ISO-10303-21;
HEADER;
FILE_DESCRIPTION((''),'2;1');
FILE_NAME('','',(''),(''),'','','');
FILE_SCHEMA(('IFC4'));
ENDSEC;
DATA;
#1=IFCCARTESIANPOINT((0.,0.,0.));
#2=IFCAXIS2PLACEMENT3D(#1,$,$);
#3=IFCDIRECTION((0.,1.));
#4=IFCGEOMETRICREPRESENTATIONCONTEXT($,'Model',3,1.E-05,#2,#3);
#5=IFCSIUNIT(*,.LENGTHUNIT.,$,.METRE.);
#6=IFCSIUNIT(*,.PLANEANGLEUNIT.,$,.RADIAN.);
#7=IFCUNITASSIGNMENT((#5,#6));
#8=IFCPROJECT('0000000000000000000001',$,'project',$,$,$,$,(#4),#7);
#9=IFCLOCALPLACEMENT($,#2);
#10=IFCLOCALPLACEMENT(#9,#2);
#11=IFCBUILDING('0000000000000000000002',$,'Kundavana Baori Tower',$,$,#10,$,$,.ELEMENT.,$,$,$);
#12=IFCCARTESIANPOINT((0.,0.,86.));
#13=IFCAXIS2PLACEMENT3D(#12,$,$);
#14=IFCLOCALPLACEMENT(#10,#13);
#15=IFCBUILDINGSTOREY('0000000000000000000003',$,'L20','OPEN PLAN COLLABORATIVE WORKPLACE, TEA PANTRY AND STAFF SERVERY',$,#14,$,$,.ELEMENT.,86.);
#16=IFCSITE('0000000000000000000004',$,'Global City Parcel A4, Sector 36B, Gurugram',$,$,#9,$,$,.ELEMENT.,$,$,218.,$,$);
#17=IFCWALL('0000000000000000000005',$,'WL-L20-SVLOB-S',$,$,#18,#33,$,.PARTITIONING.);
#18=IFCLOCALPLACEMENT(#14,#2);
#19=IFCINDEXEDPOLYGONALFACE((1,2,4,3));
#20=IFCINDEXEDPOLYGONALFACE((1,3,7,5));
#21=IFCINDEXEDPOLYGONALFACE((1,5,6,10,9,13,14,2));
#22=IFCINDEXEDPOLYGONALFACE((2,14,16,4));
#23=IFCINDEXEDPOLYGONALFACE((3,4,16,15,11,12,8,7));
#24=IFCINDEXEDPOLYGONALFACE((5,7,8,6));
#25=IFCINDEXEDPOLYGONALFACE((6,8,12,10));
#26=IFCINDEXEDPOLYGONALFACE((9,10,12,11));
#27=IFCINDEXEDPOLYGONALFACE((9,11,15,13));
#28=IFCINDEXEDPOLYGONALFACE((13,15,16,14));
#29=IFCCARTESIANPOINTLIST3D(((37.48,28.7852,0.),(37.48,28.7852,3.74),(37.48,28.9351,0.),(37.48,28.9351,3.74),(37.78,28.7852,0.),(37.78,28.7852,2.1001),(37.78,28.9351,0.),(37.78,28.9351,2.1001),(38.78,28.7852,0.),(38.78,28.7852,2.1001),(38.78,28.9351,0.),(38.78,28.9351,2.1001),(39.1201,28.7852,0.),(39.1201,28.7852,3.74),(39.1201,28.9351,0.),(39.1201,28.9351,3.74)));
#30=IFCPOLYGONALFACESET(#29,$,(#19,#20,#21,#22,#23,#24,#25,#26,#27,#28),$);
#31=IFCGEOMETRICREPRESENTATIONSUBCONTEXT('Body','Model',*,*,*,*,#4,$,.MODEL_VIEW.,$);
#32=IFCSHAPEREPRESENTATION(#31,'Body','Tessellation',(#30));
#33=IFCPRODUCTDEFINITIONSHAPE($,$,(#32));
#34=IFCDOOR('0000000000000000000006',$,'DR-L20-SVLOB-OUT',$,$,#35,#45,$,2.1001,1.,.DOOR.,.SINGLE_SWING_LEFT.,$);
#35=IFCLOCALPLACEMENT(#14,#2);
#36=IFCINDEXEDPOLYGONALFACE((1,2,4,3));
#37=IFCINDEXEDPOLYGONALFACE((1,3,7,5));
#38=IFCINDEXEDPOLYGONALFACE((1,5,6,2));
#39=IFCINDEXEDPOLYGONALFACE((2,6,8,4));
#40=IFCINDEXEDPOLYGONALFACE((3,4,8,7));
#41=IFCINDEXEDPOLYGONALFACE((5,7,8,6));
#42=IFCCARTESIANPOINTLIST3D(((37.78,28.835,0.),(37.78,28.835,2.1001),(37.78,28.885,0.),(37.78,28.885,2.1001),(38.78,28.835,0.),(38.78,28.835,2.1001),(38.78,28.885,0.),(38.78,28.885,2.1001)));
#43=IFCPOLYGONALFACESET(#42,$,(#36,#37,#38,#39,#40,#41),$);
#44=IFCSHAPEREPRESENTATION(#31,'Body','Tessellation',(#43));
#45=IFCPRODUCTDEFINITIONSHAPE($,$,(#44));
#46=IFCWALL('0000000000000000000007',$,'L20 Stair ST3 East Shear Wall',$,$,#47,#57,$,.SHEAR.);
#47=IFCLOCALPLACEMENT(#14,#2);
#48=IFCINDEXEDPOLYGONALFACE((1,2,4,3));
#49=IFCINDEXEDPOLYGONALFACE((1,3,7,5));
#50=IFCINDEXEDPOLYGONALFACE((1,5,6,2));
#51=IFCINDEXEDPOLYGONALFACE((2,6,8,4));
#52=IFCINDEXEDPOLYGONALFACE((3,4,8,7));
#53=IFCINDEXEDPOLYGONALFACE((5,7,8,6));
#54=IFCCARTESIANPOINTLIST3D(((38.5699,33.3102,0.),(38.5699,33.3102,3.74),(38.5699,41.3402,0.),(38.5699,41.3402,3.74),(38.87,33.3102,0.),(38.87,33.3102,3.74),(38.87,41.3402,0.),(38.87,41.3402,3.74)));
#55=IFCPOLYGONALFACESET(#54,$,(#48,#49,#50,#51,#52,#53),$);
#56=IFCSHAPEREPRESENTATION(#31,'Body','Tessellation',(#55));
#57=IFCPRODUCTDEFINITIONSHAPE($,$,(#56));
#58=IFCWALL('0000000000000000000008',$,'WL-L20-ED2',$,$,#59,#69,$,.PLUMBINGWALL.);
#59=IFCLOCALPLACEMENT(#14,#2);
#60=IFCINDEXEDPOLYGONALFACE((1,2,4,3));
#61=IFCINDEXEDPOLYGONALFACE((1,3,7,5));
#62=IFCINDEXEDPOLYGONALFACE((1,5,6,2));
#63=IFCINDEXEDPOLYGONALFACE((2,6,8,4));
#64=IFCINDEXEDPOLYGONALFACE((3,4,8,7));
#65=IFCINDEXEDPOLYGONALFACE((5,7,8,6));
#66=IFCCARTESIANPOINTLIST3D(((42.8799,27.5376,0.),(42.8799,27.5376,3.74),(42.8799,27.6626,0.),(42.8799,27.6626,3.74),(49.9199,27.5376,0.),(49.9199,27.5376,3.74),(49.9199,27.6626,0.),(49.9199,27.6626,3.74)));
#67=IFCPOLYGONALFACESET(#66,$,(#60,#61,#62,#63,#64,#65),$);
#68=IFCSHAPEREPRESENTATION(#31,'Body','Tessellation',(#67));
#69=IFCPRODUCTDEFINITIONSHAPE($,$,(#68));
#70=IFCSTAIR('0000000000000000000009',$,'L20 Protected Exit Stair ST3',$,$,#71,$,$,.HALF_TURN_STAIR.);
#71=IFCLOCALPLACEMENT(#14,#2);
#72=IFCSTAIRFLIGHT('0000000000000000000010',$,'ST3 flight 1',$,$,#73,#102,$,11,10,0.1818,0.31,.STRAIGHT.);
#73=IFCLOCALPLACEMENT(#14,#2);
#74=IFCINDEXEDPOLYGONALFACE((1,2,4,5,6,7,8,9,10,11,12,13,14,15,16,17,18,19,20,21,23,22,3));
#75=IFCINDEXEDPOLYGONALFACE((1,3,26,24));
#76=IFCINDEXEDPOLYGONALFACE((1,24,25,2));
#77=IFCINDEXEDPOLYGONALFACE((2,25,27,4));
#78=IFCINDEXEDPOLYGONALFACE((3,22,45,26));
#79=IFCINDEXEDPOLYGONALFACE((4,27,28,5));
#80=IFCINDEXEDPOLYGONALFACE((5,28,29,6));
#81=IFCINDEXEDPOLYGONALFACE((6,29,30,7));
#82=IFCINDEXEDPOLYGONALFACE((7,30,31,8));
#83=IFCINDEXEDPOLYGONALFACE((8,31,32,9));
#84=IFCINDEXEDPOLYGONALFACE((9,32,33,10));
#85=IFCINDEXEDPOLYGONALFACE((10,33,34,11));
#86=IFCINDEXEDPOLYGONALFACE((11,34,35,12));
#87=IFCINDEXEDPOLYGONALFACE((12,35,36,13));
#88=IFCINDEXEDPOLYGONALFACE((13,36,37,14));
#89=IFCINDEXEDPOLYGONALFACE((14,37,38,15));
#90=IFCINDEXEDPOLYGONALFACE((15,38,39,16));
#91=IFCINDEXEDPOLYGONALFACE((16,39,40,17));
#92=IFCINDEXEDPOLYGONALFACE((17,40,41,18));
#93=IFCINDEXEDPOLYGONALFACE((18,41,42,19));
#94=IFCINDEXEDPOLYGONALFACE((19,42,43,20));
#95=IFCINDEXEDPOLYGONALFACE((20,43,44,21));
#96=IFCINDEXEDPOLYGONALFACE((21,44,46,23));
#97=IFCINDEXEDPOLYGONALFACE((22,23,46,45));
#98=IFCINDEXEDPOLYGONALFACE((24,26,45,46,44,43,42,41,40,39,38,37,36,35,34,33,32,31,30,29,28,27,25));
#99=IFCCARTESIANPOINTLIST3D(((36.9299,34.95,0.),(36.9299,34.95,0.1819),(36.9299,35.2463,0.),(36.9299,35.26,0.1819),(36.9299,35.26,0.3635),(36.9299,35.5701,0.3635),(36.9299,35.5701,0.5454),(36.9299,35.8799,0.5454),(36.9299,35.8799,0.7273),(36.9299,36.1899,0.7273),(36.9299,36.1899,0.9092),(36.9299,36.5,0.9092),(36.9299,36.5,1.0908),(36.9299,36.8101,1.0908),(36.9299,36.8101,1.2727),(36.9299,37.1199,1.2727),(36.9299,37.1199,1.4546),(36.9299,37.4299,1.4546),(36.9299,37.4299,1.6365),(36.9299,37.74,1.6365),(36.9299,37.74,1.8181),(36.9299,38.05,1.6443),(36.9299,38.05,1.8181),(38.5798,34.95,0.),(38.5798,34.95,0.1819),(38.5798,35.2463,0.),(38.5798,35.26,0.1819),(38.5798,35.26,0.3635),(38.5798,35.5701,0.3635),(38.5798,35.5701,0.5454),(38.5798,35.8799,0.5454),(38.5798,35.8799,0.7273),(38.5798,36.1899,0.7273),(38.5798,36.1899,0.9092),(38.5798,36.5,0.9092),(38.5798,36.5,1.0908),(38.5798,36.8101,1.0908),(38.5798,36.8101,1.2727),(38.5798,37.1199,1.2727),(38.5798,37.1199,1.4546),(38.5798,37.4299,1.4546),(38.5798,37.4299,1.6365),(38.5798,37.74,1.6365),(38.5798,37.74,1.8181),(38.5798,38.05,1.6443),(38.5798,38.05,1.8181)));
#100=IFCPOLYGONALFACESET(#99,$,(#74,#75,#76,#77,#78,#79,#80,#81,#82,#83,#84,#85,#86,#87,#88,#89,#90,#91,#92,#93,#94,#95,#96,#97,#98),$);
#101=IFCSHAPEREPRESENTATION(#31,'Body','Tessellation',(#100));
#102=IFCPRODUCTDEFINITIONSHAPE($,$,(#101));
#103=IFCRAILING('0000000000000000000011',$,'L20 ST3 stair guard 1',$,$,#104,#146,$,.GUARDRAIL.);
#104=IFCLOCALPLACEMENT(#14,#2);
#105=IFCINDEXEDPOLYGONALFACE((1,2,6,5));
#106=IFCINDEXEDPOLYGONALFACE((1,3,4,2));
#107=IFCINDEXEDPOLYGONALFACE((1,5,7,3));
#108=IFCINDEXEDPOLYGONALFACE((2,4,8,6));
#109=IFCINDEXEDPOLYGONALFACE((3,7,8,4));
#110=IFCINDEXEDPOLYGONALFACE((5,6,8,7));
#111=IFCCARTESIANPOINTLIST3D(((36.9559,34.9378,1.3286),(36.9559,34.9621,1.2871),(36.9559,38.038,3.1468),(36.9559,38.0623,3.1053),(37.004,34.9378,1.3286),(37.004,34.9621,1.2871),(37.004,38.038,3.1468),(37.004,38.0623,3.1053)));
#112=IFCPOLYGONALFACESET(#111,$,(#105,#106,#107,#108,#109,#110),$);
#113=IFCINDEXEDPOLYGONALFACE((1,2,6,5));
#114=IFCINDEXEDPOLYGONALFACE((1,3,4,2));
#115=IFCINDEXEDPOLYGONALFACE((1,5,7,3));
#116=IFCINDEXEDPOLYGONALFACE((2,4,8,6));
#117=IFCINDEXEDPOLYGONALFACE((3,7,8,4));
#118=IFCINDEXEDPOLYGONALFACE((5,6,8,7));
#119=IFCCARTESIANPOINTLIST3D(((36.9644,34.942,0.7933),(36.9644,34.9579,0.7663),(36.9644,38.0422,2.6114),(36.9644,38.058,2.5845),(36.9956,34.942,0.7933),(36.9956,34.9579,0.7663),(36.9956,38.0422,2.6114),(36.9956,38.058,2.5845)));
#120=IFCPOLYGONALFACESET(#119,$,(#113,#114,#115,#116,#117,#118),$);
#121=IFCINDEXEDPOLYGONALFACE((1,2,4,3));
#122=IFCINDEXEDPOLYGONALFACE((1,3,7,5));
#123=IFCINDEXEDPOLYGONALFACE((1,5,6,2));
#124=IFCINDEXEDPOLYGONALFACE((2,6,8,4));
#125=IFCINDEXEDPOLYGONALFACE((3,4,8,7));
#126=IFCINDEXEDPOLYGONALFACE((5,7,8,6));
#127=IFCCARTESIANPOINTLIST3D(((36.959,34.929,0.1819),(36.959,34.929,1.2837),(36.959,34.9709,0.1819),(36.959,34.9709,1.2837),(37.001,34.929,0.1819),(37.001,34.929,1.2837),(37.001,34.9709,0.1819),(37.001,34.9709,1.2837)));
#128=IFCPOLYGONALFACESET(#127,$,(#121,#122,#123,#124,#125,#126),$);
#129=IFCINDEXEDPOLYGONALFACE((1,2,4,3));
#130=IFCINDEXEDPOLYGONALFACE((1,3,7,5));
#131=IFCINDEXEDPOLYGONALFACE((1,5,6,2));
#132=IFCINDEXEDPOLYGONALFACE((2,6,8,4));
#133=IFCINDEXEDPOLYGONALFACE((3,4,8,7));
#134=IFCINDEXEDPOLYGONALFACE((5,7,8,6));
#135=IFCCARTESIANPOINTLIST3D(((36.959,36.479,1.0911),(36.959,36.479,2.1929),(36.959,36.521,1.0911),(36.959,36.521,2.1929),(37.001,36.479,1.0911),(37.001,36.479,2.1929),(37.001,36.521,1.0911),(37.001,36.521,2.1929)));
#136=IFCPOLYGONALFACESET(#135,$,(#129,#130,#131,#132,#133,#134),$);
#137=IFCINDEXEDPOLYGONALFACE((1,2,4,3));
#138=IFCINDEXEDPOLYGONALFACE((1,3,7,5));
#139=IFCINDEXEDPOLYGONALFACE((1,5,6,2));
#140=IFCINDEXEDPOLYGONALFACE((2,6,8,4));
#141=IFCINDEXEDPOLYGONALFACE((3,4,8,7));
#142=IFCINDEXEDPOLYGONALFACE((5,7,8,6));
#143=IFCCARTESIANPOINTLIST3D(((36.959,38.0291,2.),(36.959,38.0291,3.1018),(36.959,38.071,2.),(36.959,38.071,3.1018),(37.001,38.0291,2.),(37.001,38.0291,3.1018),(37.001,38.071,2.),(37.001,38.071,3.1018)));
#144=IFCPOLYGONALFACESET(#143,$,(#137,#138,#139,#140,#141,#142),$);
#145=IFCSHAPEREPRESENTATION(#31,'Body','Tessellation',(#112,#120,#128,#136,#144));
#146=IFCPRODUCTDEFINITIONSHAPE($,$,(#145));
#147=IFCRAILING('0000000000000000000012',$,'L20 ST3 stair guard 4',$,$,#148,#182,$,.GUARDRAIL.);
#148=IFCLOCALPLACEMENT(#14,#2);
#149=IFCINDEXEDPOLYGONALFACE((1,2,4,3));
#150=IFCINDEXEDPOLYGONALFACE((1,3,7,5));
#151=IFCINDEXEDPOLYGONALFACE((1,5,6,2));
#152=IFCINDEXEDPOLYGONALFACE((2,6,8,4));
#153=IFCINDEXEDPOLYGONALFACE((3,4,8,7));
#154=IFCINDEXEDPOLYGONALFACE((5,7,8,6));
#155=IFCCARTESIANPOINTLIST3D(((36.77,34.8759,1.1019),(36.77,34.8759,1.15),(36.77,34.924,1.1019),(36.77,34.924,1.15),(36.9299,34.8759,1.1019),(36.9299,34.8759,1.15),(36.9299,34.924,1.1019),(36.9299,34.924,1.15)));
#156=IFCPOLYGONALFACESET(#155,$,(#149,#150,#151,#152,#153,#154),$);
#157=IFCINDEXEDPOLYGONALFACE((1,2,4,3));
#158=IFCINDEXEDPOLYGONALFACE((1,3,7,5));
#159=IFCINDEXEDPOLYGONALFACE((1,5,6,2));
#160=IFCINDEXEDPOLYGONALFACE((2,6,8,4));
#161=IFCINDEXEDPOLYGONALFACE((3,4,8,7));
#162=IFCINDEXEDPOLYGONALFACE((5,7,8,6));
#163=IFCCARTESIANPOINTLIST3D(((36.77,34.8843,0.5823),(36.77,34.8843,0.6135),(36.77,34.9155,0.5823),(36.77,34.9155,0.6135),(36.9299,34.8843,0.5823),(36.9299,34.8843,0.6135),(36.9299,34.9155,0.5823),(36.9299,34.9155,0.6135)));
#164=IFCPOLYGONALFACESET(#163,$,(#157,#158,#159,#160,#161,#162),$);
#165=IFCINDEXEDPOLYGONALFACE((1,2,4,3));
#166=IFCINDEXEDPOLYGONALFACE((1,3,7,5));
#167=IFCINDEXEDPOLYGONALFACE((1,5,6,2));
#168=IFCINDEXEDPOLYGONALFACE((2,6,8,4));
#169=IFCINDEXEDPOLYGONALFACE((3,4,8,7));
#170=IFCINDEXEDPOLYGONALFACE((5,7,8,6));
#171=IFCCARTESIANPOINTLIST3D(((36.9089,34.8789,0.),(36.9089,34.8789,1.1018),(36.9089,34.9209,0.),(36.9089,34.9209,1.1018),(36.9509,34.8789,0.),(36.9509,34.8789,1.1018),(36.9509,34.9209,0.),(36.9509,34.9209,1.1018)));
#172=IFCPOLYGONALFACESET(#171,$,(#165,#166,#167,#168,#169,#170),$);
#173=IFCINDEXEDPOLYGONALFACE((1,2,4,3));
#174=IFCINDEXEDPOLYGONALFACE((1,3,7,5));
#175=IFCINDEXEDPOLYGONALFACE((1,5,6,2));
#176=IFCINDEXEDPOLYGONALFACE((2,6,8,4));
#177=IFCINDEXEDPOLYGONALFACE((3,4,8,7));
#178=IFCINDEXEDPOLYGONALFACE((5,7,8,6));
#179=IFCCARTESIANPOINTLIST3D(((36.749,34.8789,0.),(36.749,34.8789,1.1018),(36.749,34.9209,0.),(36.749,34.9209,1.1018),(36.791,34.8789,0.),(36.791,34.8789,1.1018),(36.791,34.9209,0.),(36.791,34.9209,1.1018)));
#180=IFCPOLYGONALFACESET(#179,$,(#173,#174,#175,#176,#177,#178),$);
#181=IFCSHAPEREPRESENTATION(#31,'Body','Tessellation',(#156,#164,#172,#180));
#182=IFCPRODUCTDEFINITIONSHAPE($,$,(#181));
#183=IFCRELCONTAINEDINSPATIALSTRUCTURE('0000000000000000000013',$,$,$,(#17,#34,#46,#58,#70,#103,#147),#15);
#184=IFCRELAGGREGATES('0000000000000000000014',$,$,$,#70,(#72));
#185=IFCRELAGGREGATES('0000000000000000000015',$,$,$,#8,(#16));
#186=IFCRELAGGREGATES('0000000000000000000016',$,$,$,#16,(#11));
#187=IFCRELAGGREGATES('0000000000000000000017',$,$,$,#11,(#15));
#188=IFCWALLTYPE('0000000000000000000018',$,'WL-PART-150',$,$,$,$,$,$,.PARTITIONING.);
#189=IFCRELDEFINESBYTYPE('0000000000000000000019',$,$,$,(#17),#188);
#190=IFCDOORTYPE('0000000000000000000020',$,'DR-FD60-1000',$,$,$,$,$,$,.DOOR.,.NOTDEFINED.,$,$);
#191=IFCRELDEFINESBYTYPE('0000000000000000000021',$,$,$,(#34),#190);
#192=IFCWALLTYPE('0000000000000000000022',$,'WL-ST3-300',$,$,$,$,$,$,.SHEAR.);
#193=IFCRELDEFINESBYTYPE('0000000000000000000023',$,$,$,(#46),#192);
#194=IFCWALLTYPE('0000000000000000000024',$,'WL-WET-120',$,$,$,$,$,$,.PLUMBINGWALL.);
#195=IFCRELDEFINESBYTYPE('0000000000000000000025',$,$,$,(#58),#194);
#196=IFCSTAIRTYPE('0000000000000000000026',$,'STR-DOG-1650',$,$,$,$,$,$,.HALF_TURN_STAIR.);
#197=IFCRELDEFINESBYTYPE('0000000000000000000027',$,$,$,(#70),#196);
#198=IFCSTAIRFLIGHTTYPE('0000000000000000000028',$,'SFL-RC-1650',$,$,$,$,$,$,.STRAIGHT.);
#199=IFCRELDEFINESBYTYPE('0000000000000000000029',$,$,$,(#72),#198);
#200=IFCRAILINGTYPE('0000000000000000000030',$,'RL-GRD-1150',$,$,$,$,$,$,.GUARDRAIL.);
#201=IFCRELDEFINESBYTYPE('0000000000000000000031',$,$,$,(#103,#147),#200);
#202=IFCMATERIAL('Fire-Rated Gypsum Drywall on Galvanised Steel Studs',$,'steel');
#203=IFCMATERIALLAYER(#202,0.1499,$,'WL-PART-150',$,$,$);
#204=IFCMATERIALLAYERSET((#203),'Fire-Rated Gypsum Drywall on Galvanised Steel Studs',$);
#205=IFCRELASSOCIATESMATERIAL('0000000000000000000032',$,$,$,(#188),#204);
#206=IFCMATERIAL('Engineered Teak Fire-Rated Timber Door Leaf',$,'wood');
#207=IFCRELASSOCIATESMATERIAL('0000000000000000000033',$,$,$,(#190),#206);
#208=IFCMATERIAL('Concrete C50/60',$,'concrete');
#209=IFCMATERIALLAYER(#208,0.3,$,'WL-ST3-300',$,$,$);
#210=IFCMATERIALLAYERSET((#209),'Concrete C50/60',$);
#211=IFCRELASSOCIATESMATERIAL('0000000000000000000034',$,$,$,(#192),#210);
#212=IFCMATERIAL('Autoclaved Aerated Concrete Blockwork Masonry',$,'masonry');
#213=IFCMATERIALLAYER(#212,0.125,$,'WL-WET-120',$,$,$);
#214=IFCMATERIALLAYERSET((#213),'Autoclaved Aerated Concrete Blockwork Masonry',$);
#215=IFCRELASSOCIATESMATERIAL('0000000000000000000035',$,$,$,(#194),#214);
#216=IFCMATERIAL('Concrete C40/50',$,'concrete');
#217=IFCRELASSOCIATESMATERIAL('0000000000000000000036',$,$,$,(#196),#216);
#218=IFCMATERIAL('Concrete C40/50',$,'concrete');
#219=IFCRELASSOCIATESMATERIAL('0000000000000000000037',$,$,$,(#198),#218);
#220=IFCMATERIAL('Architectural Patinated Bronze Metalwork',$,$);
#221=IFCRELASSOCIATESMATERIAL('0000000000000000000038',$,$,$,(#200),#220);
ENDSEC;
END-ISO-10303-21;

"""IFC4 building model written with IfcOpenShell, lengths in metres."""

from ifc_helpers import new_model, si_unit, direction, frame, frame_2d, origin, origin_2d, place, context, subcontext, project, spatial, polyline, rectangle, outline, extrude, material, layer, layer_set, type_object, element, fill, aggregate, save


model = new_model("IFC4")

# Units and contexts
model_context = context("Model", 3, precision=1e-05, world=origin(), true_north=direction((0.0, 1.0)))
body_context = subcontext(model_context, "Body", "Model", "MODEL_VIEW")
ifc_project = project(units=[si_unit("LENGTHUNIT", "METRE"), si_unit("PLANEANGLEUNIT", "RADIAN")], contexts=[model_context])

# Site, building, storey
site_placement = place(None, origin())
site = spatial("IfcSite", under=ifc_project, at=site_placement, Name="Global City Parcel A4, Sector 36B, Gurugram", CompositionType="ELEMENT", RefElevation=218.0)
building_placement = place(site_placement, origin())
building = spatial("IfcBuilding", under=site, at=building_placement, Name="Kundavana Baori Tower", CompositionType="ELEMENT")
storey_placement = place(building_placement, frame((0.0, 0.0, 86.0)))
storey = spatial("IfcBuildingStorey", under=building, at=storey_placement, Name="L20", Description="OPEN PLAN COLLABORATIVE WORKPLACE, TEA PANTRY AND STAFF SERVERY", CompositionType="ELEMENT", Elevation=86.0)

# Shared definitions
ifc_material_1 = material(Name="Fire-Rated Gypsum Drywall on Galvanised Steel Studs", Category="steel")
ifc_layer_1 = layer(ifc_material_1, 0.1499, Name="WL-PART-150")
ifc_layer_set_1 = layer_set([ifc_layer_1], Name="Fire-Rated Gypsum Drywall on Galvanised Steel Studs")
wall_type_1 = type_object("IfcWallType", Name="WL-PART-150", PredefinedType="PARTITIONING", material=ifc_layer_set_1)

# Wall, opening, door
wall_1_placement = place(storey_placement, frame((37.48, 28.8601, 0.0), z_axis=(0.0, 0.0, 1.0), x_axis=(1.0, 0.0, 0.0)))
wall_1 = element("IfcWall", 1, at=wall_1_placement, inside=storey, type_object=wall_type_1, Name="WL-L20-SVLOB-S", PredefinedType="PARTITIONING", context=body_context, shape_type="SweptSolid", body=[
    extrude(rectangle(XDim=1.6401, YDim=0.1499, at=frame_2d((0.8201, 0.0))), origin(), (0.0, 0.0, 1.0), 3.74),
])
opening_1_placement = place(wall_1_placement, frame((0.3, 0.0, 0.0)))
opening_1 = element("IfcOpeningElement", 2, at=opening_1_placement, cuts=wall_1, PredefinedType="OPENING", context=body_context, shape_type="SweptSolid", body=[
    extrude(rectangle(XDim=1.0, YDim=2.1001, at=frame_2d((0.5, 1.05))), frame((0.0, 0.085, 0.0), z_axis=(0.0, -1.0, 0.0), x_axis=(1.0, 0.0, 0.0)), (0.0, 0.0, 1.0), 0.1699),
])
ifc_material_2 = material(Name="Engineered Teak Fire-Rated Timber Door Leaf", Category="wood")
door_type_1 = type_object("IfcDoorType", Name="DR-FD60-1000", OperationType="NOTDEFINED", PredefinedType="DOOR", material=ifc_material_2)
door_1_placement = place(opening_1_placement, origin())
door_1 = element("IfcDoor", 3, at=door_1_placement, inside=storey, type_object=door_type_1, Name="DR-L20-SVLOB-OUT", OperationType="SINGLE_SWING_LEFT", OverallHeight=2.1001, OverallWidth=1.0, PredefinedType="DOOR", context=body_context, shape_type="SweptSolid", body=[
    extrude(rectangle(XDim=1.0, YDim=2.1001, at=frame_2d((0.5, 1.05))), frame((0.0, 0.0249, 0.0), z_axis=(0.0, -1.0, 0.0), x_axis=(1.0, 0.0, 0.0)), (0.0, 0.0, 1.0), 0.05),
])
fill(opening_1, door_1)

# Walls
ifc_material_3 = material(Name="Concrete C50/60", Category="concrete")
ifc_layer_2 = layer(ifc_material_3, 0.3, Name="WL-ST3-300")
ifc_layer_set_2 = layer_set([ifc_layer_2], Name="Concrete C50/60")
wall_type_2 = type_object("IfcWallType", Name="WL-ST3-300", PredefinedType="SHEAR", material=ifc_layer_set_2)
wall_2_placement = place(storey_placement, frame((38.72, 33.3101, 0.0), z_axis=(0.0, 0.0, 1.0), x_axis=(0.0, 1.0, 0.0)))
element("IfcWall", 4, at=wall_2_placement, inside=storey, type_object=wall_type_2, Name="L20 Stair ST3 East Shear Wall", PredefinedType="SHEAR", context=body_context, shape_type="SweptSolid", body=[
    extrude(rectangle(XDim=8.03, YDim=0.3, at=frame_2d((4.0151, 0.0))), origin(), (0.0, 0.0, 1.0), 3.74),
])
ifc_material_4 = material(Name="Autoclaved Aerated Concrete Blockwork Masonry", Category="masonry")
ifc_layer_3 = layer(ifc_material_4, 0.125, Name="WL-WET-120")
ifc_layer_set_3 = layer_set([ifc_layer_3], Name="Autoclaved Aerated Concrete Blockwork Masonry")
wall_type_3 = type_object("IfcWallType", Name="WL-WET-120", PredefinedType="PLUMBINGWALL", material=ifc_layer_set_3)
wall_3_placement = place(storey_placement, frame((42.8799, 27.6001, 0.0), z_axis=(0.0, 0.0, 1.0), x_axis=(1.0, 0.0, 0.0)))
element("IfcWall", 5, at=wall_3_placement, inside=storey, type_object=wall_type_3, Name="WL-L20-ED2", PredefinedType="PLUMBINGWALL", context=body_context, shape_type="SweptSolid", body=[
    extrude(rectangle(XDim=7.04, YDim=0.125, at=frame_2d((3.52, 0.0))), origin(), (0.0, 0.0, 1.0), 3.74),
])

# Stair, stair flight
ifc_material_5 = material(Name="Concrete C40/50", Category="concrete")
stair_type = type_object("IfcStairType", Name="STR-DOG-1650", PredefinedType="HALF_TURN_STAIR", material=ifc_material_5)
stair_placement = place(storey_placement, origin())
stair = element("IfcStair", 6, at=stair_placement, inside=storey, type_object=stair_type, Name="L20 Protected Exit Stair ST3", PredefinedType="HALF_TURN_STAIR")
ifc_material_6 = material(Name="Concrete C40/50", Category="concrete")
stair_flight_type = type_object("IfcStairFlightType", Name="SFL-RC-1650", PredefinedType="STRAIGHT", material=ifc_material_6)
stair_flight_placement = place(storey_placement, frame((37.7549, 34.95, 0.0), z_axis=(0.0, 0.0, 1.0), x_axis=(0.0, 1.0, 0.0)))
stair_flight = element("IfcStairFlight", 7, at=stair_flight_placement, type_object=stair_flight_type, Name="ST3 flight 1", NumberOfRisers=11, NumberOfTreads=10, PredefinedType="STRAIGHT", RiserHeight=0.1818, TreadLength=0.31, context=body_context, shape_type="SweptSolid", body=[
    extrude(outline(polyline([(0.0, 0.0), (0.0, 0.1819), (0.3101, 0.1819), (0.3101, 0.3635), (0.6201, 0.3635), (0.6201, 0.5454), (0.9299, 0.5454), (0.9299, 0.7273), (1.24, 0.7273), (1.24, 0.9092), (1.55, 0.9092), (1.55, 1.0908), (1.8601, 1.0908), (1.8601, 1.2727), (2.1699, 1.2727), (2.1699, 1.4546), (2.48, 1.4546), (2.48, 1.6365), (2.79, 1.6365), (2.79, 1.8181), (3.1001, 1.8181), (3.1001, 2.0), (3.1001, 1.6443), (0.2964, 0.0), (0.0, 0.0)])), frame((0.0, 0.825, 0.0), z_axis=(0.0, -1.0, 0.0), x_axis=(1.0, 0.0, 0.0)), (0.0, 0.0, 1.0), 1.6499),
])
aggregate(stair, [stair_flight])

# Railings
ifc_material_7 = material(Name="Architectural Patinated Bronze Metalwork")
railing_type_1 = type_object("IfcRailingType", Name="RL-GRD-1150", PredefinedType="GUARDRAIL", material=ifc_material_7)
railing_1_placement = place(storey_placement, frame((36.98, 34.95, 0.1819)))
element("IfcRailing", 8, at=railing_1_placement, inside=storey, type_object=railing_type_1, Name="L20 ST3 stair guard 1", PredefinedType="GUARDRAIL", context=body_context, shape_type="SweptSolid", body=[
    extrude(rectangle(XDim=0.0481, YDim=0.0481, at=origin_2d()), frame((0.0, 0.0, 1.126), z_axis=(0.0, 0.862599, 0.505889), x_axis=(-1.0, 0.0, 0.0)), (0.0, 0.0, 1.0), 3.594),
    extrude(rectangle(XDim=0.0312, YDim=0.0312, at=origin_2d()), frame((0.0, 0.0, 0.5979), z_axis=(0.0, 0.862599, 0.505889), x_axis=(-1.0, 0.0, 0.0)), (0.0, 0.0, 1.0), 3.594),
    extrude(rectangle(XDim=0.042, YDim=0.042, at=origin_2d()), origin(), (0.0, 0.0, 1.0), 1.1018),
    extrude(rectangle(XDim=0.042, YDim=0.042, at=origin_2d()), frame((0.0, 1.55, 0.9092)), (0.0, 0.0, 1.0), 1.1018),
    extrude(rectangle(XDim=0.042, YDim=0.042, at=origin_2d()), frame((0.0, 3.1001, 1.8181)), (0.0, 0.0, 1.0), 1.1018),
])
railing_2_placement = place(storey_placement, frame((36.9299, 34.8999, 0.0)))
element("IfcRailing", 9, at=railing_2_placement, inside=storey, type_object=railing_type_1, Name="L20 ST3 stair guard 4", PredefinedType="GUARDRAIL", context=body_context, shape_type="SweptSolid", body=[
    extrude(rectangle(XDim=0.0481, YDim=0.0481, at=origin_2d()), frame((0.0, 0.0, 1.126), z_axis=(-1.0, 0.0, 0.0), x_axis=(0.0, -1.0, 0.0)), (0.0, 0.0, 1.0), 0.1599),
    extrude(rectangle(XDim=0.0312, YDim=0.0312, at=origin_2d()), frame((0.0, 0.0, 0.5979), z_axis=(-1.0, 0.0, 0.0), x_axis=(0.0, -1.0, 0.0)), (0.0, 0.0, 1.0), 0.1599),
    extrude(rectangle(XDim=0.042, YDim=0.042, at=origin_2d()), origin(), (0.0, 0.0, 1.0), 1.1018),
    extrude(rectangle(XDim=0.042, YDim=0.042, at=origin_2d()), frame((-0.1599, 0.0, 0.0)), (0.0, 0.0, 1.0), 1.1018),
])

save(model, "model.ifc")
